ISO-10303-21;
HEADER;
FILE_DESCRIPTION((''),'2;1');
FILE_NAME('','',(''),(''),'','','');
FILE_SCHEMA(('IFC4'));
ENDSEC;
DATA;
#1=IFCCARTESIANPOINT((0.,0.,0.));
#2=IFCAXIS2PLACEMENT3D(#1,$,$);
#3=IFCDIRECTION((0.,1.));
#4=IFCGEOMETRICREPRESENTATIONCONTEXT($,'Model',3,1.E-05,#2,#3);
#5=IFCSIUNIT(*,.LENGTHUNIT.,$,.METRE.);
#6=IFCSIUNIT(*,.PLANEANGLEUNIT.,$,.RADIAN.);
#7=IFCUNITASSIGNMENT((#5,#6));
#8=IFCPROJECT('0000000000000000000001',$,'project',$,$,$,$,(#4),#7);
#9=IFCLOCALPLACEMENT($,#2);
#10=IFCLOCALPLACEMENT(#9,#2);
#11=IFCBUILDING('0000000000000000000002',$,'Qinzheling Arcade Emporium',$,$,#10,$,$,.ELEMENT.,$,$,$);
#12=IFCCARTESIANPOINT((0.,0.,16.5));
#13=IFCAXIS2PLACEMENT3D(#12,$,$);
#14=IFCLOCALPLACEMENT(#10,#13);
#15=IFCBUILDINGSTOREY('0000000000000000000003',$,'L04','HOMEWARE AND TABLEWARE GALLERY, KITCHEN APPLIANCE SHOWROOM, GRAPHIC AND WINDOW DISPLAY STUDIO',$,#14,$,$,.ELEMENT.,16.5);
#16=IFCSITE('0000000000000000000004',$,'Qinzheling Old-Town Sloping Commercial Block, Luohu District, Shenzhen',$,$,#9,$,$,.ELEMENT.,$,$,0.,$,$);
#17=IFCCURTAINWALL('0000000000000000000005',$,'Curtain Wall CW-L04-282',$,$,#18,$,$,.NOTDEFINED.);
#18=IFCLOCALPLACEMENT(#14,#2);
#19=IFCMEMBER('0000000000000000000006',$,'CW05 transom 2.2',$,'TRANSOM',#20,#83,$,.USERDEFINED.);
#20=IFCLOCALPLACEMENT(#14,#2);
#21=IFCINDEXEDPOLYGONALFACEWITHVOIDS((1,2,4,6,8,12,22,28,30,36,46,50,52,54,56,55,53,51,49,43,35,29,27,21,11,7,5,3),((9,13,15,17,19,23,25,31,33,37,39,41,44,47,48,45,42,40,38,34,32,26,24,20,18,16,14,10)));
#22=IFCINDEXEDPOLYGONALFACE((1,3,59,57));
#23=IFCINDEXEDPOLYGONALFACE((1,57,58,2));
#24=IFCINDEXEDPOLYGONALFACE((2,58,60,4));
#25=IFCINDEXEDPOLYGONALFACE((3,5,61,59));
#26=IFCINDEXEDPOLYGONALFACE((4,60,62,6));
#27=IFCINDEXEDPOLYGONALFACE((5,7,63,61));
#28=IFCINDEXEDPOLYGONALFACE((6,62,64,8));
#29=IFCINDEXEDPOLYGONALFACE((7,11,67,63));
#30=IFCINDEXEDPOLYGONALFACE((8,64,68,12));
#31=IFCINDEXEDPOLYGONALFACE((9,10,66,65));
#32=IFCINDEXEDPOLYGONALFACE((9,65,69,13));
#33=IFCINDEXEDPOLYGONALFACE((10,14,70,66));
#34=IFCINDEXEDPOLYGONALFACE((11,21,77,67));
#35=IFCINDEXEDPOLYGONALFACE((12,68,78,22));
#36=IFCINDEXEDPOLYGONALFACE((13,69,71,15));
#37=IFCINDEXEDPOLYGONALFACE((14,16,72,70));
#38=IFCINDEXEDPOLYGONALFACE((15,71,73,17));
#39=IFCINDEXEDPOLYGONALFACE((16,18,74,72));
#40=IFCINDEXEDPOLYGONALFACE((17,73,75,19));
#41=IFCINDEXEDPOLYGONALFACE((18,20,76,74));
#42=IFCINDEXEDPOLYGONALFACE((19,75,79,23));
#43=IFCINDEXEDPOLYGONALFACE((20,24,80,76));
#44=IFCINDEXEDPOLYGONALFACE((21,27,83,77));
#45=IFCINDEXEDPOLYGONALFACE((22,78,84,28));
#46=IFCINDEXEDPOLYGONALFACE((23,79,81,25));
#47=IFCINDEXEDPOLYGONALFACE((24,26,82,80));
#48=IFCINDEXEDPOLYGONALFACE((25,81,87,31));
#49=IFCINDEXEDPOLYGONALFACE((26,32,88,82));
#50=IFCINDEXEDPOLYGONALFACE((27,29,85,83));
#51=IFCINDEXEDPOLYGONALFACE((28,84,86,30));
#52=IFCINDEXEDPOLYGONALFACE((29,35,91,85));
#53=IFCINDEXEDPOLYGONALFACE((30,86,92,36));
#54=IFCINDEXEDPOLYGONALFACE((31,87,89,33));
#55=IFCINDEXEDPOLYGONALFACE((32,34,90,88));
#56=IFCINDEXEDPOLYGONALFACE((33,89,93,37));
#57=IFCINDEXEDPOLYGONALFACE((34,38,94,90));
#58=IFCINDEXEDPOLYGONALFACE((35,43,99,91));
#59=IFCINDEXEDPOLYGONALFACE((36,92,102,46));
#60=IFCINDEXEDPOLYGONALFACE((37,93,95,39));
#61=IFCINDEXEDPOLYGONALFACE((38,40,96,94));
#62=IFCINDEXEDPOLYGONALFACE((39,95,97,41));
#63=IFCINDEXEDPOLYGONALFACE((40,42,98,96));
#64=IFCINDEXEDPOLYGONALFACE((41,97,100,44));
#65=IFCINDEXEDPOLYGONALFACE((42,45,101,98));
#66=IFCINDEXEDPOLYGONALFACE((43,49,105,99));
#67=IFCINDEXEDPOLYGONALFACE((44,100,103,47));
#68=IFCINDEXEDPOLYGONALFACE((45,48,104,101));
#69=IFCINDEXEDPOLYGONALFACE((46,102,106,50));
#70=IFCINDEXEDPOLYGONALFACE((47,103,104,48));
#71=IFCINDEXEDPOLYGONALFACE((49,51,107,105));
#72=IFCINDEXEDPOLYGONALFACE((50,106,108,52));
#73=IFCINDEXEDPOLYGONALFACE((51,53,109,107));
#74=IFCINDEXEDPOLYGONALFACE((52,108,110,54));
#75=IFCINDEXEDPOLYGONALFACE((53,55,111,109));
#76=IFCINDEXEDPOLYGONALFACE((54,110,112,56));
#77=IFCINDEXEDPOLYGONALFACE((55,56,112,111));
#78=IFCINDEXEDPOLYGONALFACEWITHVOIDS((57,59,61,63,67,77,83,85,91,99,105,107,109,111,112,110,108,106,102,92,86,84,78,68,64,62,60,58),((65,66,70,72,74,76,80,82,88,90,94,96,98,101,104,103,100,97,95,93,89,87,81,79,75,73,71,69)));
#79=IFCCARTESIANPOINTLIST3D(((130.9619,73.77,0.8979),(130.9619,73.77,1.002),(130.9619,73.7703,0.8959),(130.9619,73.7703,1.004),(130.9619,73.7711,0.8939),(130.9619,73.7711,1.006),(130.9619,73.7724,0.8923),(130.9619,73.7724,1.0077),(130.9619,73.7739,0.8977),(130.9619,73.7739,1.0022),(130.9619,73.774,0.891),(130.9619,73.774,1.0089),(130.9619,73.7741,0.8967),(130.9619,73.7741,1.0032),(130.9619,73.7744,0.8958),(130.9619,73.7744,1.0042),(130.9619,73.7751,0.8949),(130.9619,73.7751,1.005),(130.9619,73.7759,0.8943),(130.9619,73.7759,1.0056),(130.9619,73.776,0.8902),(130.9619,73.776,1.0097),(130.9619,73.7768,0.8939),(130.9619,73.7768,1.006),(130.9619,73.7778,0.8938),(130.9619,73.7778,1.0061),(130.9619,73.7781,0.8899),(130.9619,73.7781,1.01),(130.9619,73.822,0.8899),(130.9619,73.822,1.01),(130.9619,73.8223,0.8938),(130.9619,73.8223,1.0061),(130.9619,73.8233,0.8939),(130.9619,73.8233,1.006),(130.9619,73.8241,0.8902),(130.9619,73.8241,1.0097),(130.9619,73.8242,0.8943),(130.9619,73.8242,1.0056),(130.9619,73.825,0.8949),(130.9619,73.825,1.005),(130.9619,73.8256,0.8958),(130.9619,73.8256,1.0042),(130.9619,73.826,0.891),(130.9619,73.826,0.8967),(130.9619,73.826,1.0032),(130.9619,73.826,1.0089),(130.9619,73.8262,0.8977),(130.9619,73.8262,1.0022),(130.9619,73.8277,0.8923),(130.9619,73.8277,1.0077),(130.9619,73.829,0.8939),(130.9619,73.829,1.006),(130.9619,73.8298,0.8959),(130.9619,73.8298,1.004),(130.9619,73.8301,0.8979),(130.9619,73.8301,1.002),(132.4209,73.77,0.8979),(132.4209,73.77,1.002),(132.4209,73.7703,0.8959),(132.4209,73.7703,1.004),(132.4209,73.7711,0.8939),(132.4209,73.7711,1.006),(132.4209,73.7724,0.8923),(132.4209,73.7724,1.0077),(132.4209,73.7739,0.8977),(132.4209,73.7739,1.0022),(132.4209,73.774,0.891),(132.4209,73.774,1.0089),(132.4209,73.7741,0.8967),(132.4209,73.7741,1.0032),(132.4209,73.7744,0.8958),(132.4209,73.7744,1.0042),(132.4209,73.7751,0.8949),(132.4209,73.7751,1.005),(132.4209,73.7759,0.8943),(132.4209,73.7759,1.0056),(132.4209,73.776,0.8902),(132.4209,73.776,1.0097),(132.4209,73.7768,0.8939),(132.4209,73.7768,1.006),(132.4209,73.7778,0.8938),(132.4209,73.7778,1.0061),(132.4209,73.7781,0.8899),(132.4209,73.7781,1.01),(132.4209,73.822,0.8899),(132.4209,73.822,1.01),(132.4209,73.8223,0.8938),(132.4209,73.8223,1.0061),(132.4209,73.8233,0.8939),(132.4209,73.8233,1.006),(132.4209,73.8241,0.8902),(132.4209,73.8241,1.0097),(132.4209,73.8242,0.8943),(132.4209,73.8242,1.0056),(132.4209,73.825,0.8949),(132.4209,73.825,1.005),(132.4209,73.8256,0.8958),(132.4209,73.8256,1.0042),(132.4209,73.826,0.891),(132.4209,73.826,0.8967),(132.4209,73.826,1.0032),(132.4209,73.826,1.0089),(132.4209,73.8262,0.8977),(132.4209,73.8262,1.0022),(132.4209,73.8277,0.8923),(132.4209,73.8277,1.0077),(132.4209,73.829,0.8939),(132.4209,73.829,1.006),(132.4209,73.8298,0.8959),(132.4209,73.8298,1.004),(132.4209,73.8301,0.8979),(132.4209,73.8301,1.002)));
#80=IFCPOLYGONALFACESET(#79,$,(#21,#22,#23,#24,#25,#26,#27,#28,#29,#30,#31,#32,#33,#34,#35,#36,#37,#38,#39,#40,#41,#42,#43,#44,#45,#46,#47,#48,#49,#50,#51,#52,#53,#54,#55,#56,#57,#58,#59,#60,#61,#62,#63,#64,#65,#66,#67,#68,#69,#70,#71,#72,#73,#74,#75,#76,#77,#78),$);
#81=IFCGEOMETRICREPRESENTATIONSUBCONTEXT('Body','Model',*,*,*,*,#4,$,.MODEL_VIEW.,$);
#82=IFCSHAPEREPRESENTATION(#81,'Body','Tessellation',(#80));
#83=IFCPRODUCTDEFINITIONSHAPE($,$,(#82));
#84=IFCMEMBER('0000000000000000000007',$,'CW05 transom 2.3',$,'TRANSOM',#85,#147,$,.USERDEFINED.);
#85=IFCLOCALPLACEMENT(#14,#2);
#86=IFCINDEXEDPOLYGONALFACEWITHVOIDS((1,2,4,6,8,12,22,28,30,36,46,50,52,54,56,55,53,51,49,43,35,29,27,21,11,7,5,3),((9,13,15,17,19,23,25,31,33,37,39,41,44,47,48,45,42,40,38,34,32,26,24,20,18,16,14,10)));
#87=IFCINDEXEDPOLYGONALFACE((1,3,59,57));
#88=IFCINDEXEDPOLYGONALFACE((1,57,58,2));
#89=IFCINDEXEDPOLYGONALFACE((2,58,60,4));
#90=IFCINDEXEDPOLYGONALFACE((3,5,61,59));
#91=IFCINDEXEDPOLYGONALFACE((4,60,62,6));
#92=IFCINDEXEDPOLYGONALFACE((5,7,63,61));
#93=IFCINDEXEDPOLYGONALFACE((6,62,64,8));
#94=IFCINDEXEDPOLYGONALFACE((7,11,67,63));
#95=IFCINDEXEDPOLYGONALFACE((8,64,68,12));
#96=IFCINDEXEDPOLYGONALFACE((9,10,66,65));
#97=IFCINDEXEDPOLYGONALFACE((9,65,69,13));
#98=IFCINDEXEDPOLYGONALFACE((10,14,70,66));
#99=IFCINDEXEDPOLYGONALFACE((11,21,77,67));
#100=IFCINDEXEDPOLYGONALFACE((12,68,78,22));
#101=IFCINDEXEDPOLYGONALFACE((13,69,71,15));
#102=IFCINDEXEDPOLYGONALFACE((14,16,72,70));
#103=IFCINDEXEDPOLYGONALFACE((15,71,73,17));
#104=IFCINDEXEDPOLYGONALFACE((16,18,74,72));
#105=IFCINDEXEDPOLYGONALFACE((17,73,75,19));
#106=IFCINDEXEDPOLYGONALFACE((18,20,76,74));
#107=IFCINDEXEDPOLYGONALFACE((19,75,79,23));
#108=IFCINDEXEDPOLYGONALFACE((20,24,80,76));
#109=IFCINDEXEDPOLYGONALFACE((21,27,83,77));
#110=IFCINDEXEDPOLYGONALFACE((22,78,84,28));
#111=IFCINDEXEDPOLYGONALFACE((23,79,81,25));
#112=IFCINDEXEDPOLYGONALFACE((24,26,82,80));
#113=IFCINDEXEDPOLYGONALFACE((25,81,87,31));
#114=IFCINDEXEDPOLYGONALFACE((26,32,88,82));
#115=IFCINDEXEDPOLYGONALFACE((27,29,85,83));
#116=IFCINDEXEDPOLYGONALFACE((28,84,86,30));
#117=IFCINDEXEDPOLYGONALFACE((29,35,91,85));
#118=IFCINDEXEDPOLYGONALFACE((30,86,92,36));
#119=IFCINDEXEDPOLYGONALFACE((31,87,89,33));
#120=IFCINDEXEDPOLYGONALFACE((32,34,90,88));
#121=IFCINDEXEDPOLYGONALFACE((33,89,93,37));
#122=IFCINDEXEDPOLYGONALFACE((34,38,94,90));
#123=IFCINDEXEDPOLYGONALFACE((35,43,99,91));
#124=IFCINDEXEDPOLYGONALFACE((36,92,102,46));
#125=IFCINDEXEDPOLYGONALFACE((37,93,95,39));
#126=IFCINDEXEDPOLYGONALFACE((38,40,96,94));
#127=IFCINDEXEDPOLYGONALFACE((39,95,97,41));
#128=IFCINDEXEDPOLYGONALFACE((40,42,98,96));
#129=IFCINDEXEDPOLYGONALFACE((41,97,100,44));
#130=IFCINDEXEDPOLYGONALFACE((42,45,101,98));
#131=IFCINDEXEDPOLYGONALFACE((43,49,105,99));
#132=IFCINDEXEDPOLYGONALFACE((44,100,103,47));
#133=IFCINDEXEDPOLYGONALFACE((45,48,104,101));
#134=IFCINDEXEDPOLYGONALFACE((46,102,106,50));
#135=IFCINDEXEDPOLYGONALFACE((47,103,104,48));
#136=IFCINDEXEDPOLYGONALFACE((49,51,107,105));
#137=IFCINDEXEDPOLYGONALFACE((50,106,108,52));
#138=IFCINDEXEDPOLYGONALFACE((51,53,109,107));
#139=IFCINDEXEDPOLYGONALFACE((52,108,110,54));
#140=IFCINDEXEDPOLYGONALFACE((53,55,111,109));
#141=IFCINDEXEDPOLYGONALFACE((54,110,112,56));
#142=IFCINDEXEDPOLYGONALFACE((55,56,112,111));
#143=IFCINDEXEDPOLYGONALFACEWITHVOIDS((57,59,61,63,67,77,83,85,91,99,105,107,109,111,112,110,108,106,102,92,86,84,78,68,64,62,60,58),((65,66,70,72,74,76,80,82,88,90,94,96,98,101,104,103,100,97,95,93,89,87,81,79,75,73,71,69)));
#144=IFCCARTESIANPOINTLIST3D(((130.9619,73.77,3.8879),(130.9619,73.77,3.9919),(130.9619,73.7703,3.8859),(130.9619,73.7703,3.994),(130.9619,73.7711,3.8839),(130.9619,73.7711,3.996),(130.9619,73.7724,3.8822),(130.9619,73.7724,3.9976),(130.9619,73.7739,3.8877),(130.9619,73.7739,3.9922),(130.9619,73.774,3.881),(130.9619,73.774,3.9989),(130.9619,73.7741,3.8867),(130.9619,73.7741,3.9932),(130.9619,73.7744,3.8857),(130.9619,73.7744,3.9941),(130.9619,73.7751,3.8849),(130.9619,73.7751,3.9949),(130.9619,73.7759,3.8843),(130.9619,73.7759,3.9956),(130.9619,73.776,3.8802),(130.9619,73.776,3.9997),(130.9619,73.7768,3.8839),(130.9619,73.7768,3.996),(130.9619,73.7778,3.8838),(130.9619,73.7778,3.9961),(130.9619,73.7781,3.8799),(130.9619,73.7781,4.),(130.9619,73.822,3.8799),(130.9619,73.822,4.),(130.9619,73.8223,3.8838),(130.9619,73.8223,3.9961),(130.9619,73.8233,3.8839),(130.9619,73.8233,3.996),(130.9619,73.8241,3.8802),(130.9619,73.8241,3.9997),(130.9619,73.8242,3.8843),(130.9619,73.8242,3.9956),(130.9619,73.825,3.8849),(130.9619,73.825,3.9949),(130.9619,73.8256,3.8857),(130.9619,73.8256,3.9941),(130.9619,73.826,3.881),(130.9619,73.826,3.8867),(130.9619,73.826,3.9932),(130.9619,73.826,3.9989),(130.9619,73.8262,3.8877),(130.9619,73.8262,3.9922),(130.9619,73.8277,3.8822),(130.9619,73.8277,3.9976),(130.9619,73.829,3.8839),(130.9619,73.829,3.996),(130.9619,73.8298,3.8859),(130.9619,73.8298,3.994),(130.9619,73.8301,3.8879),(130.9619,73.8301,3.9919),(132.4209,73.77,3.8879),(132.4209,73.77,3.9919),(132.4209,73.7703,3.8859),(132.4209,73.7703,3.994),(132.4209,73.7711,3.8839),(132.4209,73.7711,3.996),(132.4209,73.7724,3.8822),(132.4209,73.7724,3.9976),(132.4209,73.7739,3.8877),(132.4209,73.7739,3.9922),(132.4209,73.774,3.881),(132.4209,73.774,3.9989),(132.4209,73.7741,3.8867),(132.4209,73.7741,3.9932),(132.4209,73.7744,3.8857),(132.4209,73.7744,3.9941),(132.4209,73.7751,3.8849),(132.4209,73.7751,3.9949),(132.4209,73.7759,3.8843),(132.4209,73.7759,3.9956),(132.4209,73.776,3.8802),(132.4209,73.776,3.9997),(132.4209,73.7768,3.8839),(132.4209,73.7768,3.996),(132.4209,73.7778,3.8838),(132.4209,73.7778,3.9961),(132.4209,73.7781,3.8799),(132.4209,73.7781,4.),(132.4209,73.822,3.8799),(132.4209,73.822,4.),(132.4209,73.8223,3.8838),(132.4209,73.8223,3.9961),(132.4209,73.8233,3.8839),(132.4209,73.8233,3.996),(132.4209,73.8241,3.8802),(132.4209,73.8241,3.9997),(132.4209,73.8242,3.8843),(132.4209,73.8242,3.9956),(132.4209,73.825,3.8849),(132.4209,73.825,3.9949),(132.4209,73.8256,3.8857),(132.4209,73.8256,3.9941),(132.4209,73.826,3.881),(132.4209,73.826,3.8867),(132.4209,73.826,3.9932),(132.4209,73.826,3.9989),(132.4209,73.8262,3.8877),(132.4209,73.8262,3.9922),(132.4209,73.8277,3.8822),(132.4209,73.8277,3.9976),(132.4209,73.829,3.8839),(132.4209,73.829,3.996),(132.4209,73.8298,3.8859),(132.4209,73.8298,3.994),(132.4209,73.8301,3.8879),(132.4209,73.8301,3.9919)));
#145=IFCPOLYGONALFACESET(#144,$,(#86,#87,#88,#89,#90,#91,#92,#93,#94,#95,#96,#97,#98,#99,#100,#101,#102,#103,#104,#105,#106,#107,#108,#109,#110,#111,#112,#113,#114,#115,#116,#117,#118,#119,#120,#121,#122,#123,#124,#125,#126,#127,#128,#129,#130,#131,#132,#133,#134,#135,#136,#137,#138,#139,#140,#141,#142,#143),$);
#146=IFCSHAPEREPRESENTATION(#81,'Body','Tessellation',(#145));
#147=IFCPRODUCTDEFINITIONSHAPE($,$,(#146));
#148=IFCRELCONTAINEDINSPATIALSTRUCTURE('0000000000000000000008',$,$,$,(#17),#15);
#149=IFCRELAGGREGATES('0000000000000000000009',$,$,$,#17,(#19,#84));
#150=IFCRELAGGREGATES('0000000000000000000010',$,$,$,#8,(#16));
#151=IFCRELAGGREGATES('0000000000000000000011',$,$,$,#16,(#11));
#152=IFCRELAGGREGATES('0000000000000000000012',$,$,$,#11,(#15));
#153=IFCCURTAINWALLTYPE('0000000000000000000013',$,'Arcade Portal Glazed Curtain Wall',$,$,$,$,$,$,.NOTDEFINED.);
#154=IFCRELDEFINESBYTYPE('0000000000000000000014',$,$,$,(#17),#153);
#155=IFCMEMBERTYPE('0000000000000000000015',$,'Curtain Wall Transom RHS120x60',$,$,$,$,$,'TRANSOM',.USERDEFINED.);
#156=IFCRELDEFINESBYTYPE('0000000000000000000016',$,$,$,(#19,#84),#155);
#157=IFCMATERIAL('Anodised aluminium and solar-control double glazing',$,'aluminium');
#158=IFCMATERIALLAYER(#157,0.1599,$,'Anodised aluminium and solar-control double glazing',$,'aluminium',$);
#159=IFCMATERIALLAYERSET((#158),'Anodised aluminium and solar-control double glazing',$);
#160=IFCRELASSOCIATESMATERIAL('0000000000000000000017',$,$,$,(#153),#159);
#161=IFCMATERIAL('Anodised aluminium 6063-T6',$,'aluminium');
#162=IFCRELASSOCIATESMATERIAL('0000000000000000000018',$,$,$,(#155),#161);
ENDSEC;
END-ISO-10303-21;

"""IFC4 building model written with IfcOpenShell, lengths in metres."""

from ifc_helpers import new_model, si_unit, direction, frame, origin, origin_2d, place, context, subcontext, project, spatial, hollow_rectangle, extrude, material, layer, layer_set, material_profile, profile_set, type_object, element, aggregate, save


model = new_model("IFC4")

# Units and contexts
model_context = context("Model", 3, precision=1e-05, world=origin(), true_north=direction((0.0, 1.0)))
body_context = subcontext(model_context, "Body", "Model", "MODEL_VIEW")
ifc_project = project(units=[si_unit("LENGTHUNIT", "METRE"), si_unit("PLANEANGLEUNIT", "RADIAN")], contexts=[model_context])

# Site, building, storey
site_placement = place(None, origin())
site = spatial("IfcSite", under=ifc_project, at=site_placement, Name="Qinzheling Old-Town Sloping Commercial Block, Luohu District, Shenzhen", CompositionType="ELEMENT", RefElevation=0.0)
building_placement = place(site_placement, origin())
building = spatial("IfcBuilding", under=site, at=building_placement, Name="Qinzheling Arcade Emporium", CompositionType="ELEMENT")
storey_placement = place(building_placement, frame((0.0, 0.0, 16.5)))
storey = spatial("IfcBuildingStorey", under=building, at=storey_placement, Name="L04", Description="HOMEWARE AND TABLEWARE GALLERY, KITCHEN APPLIANCE SHOWROOM, GRAPHIC AND WINDOW DISPLAY STUDIO", CompositionType="ELEMENT", Elevation=16.5)

# Shared definitions
ifc_material_1 = material(Name="Anodised aluminium and solar-control double glazing", Category="aluminium")
ifc_material_2 = material(Name="Anodised aluminium 6063-T6", Category="aluminium")

# Curtain wall
ifc_layer_1 = layer(ifc_material_1, 0.1599, Name="Anodised aluminium and solar-control double glazing", Category="aluminium")
ifc_layer_set_1 = layer_set([ifc_layer_1], Name="Anodised aluminium and solar-control double glazing")
curtain_wall_type_1 = type_object("IfcCurtainWallType", Name="Arcade Portal Glazed Curtain Wall", PredefinedType="NOTDEFINED", material=ifc_layer_set_1)
curtain_wall_1_placement = place(storey_placement, origin())
curtain_wall_1 = element("IfcCurtainWall", 1, at=curtain_wall_1_placement, inside=storey, type_object=curtain_wall_type_1, Name="Curtain Wall CW-L04-282", PredefinedType="NOTDEFINED")

# Members
ifc_material_profile_1 = material_profile(ifc_material_2, hollow_rectangle(XDim=0.0601, YDim=0.1201, WallThickness=0.0039, InnerFilletRadius=0.0039, OuterFilletRadius=0.0081, at=origin_2d()), Name="RHS 120x60x4", Category="aluminium")
ifc_profile_set_1 = profile_set([ifc_material_profile_1], Name="Anodised aluminium 6063-T6")
member_type_1 = type_object("IfcMemberType", Name="Curtain Wall Transom RHS120x60", ElementType="TRANSOM", PredefinedType="USERDEFINED", material=ifc_profile_set_1)
member_1_placement = place(storey_placement, frame((132.4209, 73.8, 0.95), z_axis=(-1.0, 0.0, 0.0), x_axis=(0.0, -1.0, 0.0)))
member_1 = element("IfcMember", 2, at=member_1_placement, type_object=member_type_1, Name="CW05 transom 2.2", ObjectType="TRANSOM", PredefinedType="USERDEFINED", context=body_context, shape_type="SweptSolid", body=[
    extrude(hollow_rectangle(XDim=0.0601, YDim=0.1201, WallThickness=0.0039, InnerFilletRadius=0.0039, OuterFilletRadius=0.0081, at=origin_2d()), origin(), (0.0, 0.0, 1.0), 1.459),
])
member_2_placement = place(storey_placement, frame((132.4209, 73.8, 3.9399), z_axis=(-1.0, 0.0, 0.0), x_axis=(0.0, -1.0, 0.0)))
member_2 = element("IfcMember", 3, at=member_2_placement, type_object=member_type_1, Name="CW05 transom 2.3", ObjectType="TRANSOM", PredefinedType="USERDEFINED", context=body_context, shape_type="SweptSolid", body=[
    extrude(hollow_rectangle(XDim=0.0601, YDim=0.1201, WallThickness=0.0039, InnerFilletRadius=0.0039, OuterFilletRadius=0.0081, at=origin_2d()), origin(), (0.0, 0.0, 1.0), 1.459),
])

aggregate(curtain_wall_1, [member_1, member_2])

save(model, "model.ifc")
